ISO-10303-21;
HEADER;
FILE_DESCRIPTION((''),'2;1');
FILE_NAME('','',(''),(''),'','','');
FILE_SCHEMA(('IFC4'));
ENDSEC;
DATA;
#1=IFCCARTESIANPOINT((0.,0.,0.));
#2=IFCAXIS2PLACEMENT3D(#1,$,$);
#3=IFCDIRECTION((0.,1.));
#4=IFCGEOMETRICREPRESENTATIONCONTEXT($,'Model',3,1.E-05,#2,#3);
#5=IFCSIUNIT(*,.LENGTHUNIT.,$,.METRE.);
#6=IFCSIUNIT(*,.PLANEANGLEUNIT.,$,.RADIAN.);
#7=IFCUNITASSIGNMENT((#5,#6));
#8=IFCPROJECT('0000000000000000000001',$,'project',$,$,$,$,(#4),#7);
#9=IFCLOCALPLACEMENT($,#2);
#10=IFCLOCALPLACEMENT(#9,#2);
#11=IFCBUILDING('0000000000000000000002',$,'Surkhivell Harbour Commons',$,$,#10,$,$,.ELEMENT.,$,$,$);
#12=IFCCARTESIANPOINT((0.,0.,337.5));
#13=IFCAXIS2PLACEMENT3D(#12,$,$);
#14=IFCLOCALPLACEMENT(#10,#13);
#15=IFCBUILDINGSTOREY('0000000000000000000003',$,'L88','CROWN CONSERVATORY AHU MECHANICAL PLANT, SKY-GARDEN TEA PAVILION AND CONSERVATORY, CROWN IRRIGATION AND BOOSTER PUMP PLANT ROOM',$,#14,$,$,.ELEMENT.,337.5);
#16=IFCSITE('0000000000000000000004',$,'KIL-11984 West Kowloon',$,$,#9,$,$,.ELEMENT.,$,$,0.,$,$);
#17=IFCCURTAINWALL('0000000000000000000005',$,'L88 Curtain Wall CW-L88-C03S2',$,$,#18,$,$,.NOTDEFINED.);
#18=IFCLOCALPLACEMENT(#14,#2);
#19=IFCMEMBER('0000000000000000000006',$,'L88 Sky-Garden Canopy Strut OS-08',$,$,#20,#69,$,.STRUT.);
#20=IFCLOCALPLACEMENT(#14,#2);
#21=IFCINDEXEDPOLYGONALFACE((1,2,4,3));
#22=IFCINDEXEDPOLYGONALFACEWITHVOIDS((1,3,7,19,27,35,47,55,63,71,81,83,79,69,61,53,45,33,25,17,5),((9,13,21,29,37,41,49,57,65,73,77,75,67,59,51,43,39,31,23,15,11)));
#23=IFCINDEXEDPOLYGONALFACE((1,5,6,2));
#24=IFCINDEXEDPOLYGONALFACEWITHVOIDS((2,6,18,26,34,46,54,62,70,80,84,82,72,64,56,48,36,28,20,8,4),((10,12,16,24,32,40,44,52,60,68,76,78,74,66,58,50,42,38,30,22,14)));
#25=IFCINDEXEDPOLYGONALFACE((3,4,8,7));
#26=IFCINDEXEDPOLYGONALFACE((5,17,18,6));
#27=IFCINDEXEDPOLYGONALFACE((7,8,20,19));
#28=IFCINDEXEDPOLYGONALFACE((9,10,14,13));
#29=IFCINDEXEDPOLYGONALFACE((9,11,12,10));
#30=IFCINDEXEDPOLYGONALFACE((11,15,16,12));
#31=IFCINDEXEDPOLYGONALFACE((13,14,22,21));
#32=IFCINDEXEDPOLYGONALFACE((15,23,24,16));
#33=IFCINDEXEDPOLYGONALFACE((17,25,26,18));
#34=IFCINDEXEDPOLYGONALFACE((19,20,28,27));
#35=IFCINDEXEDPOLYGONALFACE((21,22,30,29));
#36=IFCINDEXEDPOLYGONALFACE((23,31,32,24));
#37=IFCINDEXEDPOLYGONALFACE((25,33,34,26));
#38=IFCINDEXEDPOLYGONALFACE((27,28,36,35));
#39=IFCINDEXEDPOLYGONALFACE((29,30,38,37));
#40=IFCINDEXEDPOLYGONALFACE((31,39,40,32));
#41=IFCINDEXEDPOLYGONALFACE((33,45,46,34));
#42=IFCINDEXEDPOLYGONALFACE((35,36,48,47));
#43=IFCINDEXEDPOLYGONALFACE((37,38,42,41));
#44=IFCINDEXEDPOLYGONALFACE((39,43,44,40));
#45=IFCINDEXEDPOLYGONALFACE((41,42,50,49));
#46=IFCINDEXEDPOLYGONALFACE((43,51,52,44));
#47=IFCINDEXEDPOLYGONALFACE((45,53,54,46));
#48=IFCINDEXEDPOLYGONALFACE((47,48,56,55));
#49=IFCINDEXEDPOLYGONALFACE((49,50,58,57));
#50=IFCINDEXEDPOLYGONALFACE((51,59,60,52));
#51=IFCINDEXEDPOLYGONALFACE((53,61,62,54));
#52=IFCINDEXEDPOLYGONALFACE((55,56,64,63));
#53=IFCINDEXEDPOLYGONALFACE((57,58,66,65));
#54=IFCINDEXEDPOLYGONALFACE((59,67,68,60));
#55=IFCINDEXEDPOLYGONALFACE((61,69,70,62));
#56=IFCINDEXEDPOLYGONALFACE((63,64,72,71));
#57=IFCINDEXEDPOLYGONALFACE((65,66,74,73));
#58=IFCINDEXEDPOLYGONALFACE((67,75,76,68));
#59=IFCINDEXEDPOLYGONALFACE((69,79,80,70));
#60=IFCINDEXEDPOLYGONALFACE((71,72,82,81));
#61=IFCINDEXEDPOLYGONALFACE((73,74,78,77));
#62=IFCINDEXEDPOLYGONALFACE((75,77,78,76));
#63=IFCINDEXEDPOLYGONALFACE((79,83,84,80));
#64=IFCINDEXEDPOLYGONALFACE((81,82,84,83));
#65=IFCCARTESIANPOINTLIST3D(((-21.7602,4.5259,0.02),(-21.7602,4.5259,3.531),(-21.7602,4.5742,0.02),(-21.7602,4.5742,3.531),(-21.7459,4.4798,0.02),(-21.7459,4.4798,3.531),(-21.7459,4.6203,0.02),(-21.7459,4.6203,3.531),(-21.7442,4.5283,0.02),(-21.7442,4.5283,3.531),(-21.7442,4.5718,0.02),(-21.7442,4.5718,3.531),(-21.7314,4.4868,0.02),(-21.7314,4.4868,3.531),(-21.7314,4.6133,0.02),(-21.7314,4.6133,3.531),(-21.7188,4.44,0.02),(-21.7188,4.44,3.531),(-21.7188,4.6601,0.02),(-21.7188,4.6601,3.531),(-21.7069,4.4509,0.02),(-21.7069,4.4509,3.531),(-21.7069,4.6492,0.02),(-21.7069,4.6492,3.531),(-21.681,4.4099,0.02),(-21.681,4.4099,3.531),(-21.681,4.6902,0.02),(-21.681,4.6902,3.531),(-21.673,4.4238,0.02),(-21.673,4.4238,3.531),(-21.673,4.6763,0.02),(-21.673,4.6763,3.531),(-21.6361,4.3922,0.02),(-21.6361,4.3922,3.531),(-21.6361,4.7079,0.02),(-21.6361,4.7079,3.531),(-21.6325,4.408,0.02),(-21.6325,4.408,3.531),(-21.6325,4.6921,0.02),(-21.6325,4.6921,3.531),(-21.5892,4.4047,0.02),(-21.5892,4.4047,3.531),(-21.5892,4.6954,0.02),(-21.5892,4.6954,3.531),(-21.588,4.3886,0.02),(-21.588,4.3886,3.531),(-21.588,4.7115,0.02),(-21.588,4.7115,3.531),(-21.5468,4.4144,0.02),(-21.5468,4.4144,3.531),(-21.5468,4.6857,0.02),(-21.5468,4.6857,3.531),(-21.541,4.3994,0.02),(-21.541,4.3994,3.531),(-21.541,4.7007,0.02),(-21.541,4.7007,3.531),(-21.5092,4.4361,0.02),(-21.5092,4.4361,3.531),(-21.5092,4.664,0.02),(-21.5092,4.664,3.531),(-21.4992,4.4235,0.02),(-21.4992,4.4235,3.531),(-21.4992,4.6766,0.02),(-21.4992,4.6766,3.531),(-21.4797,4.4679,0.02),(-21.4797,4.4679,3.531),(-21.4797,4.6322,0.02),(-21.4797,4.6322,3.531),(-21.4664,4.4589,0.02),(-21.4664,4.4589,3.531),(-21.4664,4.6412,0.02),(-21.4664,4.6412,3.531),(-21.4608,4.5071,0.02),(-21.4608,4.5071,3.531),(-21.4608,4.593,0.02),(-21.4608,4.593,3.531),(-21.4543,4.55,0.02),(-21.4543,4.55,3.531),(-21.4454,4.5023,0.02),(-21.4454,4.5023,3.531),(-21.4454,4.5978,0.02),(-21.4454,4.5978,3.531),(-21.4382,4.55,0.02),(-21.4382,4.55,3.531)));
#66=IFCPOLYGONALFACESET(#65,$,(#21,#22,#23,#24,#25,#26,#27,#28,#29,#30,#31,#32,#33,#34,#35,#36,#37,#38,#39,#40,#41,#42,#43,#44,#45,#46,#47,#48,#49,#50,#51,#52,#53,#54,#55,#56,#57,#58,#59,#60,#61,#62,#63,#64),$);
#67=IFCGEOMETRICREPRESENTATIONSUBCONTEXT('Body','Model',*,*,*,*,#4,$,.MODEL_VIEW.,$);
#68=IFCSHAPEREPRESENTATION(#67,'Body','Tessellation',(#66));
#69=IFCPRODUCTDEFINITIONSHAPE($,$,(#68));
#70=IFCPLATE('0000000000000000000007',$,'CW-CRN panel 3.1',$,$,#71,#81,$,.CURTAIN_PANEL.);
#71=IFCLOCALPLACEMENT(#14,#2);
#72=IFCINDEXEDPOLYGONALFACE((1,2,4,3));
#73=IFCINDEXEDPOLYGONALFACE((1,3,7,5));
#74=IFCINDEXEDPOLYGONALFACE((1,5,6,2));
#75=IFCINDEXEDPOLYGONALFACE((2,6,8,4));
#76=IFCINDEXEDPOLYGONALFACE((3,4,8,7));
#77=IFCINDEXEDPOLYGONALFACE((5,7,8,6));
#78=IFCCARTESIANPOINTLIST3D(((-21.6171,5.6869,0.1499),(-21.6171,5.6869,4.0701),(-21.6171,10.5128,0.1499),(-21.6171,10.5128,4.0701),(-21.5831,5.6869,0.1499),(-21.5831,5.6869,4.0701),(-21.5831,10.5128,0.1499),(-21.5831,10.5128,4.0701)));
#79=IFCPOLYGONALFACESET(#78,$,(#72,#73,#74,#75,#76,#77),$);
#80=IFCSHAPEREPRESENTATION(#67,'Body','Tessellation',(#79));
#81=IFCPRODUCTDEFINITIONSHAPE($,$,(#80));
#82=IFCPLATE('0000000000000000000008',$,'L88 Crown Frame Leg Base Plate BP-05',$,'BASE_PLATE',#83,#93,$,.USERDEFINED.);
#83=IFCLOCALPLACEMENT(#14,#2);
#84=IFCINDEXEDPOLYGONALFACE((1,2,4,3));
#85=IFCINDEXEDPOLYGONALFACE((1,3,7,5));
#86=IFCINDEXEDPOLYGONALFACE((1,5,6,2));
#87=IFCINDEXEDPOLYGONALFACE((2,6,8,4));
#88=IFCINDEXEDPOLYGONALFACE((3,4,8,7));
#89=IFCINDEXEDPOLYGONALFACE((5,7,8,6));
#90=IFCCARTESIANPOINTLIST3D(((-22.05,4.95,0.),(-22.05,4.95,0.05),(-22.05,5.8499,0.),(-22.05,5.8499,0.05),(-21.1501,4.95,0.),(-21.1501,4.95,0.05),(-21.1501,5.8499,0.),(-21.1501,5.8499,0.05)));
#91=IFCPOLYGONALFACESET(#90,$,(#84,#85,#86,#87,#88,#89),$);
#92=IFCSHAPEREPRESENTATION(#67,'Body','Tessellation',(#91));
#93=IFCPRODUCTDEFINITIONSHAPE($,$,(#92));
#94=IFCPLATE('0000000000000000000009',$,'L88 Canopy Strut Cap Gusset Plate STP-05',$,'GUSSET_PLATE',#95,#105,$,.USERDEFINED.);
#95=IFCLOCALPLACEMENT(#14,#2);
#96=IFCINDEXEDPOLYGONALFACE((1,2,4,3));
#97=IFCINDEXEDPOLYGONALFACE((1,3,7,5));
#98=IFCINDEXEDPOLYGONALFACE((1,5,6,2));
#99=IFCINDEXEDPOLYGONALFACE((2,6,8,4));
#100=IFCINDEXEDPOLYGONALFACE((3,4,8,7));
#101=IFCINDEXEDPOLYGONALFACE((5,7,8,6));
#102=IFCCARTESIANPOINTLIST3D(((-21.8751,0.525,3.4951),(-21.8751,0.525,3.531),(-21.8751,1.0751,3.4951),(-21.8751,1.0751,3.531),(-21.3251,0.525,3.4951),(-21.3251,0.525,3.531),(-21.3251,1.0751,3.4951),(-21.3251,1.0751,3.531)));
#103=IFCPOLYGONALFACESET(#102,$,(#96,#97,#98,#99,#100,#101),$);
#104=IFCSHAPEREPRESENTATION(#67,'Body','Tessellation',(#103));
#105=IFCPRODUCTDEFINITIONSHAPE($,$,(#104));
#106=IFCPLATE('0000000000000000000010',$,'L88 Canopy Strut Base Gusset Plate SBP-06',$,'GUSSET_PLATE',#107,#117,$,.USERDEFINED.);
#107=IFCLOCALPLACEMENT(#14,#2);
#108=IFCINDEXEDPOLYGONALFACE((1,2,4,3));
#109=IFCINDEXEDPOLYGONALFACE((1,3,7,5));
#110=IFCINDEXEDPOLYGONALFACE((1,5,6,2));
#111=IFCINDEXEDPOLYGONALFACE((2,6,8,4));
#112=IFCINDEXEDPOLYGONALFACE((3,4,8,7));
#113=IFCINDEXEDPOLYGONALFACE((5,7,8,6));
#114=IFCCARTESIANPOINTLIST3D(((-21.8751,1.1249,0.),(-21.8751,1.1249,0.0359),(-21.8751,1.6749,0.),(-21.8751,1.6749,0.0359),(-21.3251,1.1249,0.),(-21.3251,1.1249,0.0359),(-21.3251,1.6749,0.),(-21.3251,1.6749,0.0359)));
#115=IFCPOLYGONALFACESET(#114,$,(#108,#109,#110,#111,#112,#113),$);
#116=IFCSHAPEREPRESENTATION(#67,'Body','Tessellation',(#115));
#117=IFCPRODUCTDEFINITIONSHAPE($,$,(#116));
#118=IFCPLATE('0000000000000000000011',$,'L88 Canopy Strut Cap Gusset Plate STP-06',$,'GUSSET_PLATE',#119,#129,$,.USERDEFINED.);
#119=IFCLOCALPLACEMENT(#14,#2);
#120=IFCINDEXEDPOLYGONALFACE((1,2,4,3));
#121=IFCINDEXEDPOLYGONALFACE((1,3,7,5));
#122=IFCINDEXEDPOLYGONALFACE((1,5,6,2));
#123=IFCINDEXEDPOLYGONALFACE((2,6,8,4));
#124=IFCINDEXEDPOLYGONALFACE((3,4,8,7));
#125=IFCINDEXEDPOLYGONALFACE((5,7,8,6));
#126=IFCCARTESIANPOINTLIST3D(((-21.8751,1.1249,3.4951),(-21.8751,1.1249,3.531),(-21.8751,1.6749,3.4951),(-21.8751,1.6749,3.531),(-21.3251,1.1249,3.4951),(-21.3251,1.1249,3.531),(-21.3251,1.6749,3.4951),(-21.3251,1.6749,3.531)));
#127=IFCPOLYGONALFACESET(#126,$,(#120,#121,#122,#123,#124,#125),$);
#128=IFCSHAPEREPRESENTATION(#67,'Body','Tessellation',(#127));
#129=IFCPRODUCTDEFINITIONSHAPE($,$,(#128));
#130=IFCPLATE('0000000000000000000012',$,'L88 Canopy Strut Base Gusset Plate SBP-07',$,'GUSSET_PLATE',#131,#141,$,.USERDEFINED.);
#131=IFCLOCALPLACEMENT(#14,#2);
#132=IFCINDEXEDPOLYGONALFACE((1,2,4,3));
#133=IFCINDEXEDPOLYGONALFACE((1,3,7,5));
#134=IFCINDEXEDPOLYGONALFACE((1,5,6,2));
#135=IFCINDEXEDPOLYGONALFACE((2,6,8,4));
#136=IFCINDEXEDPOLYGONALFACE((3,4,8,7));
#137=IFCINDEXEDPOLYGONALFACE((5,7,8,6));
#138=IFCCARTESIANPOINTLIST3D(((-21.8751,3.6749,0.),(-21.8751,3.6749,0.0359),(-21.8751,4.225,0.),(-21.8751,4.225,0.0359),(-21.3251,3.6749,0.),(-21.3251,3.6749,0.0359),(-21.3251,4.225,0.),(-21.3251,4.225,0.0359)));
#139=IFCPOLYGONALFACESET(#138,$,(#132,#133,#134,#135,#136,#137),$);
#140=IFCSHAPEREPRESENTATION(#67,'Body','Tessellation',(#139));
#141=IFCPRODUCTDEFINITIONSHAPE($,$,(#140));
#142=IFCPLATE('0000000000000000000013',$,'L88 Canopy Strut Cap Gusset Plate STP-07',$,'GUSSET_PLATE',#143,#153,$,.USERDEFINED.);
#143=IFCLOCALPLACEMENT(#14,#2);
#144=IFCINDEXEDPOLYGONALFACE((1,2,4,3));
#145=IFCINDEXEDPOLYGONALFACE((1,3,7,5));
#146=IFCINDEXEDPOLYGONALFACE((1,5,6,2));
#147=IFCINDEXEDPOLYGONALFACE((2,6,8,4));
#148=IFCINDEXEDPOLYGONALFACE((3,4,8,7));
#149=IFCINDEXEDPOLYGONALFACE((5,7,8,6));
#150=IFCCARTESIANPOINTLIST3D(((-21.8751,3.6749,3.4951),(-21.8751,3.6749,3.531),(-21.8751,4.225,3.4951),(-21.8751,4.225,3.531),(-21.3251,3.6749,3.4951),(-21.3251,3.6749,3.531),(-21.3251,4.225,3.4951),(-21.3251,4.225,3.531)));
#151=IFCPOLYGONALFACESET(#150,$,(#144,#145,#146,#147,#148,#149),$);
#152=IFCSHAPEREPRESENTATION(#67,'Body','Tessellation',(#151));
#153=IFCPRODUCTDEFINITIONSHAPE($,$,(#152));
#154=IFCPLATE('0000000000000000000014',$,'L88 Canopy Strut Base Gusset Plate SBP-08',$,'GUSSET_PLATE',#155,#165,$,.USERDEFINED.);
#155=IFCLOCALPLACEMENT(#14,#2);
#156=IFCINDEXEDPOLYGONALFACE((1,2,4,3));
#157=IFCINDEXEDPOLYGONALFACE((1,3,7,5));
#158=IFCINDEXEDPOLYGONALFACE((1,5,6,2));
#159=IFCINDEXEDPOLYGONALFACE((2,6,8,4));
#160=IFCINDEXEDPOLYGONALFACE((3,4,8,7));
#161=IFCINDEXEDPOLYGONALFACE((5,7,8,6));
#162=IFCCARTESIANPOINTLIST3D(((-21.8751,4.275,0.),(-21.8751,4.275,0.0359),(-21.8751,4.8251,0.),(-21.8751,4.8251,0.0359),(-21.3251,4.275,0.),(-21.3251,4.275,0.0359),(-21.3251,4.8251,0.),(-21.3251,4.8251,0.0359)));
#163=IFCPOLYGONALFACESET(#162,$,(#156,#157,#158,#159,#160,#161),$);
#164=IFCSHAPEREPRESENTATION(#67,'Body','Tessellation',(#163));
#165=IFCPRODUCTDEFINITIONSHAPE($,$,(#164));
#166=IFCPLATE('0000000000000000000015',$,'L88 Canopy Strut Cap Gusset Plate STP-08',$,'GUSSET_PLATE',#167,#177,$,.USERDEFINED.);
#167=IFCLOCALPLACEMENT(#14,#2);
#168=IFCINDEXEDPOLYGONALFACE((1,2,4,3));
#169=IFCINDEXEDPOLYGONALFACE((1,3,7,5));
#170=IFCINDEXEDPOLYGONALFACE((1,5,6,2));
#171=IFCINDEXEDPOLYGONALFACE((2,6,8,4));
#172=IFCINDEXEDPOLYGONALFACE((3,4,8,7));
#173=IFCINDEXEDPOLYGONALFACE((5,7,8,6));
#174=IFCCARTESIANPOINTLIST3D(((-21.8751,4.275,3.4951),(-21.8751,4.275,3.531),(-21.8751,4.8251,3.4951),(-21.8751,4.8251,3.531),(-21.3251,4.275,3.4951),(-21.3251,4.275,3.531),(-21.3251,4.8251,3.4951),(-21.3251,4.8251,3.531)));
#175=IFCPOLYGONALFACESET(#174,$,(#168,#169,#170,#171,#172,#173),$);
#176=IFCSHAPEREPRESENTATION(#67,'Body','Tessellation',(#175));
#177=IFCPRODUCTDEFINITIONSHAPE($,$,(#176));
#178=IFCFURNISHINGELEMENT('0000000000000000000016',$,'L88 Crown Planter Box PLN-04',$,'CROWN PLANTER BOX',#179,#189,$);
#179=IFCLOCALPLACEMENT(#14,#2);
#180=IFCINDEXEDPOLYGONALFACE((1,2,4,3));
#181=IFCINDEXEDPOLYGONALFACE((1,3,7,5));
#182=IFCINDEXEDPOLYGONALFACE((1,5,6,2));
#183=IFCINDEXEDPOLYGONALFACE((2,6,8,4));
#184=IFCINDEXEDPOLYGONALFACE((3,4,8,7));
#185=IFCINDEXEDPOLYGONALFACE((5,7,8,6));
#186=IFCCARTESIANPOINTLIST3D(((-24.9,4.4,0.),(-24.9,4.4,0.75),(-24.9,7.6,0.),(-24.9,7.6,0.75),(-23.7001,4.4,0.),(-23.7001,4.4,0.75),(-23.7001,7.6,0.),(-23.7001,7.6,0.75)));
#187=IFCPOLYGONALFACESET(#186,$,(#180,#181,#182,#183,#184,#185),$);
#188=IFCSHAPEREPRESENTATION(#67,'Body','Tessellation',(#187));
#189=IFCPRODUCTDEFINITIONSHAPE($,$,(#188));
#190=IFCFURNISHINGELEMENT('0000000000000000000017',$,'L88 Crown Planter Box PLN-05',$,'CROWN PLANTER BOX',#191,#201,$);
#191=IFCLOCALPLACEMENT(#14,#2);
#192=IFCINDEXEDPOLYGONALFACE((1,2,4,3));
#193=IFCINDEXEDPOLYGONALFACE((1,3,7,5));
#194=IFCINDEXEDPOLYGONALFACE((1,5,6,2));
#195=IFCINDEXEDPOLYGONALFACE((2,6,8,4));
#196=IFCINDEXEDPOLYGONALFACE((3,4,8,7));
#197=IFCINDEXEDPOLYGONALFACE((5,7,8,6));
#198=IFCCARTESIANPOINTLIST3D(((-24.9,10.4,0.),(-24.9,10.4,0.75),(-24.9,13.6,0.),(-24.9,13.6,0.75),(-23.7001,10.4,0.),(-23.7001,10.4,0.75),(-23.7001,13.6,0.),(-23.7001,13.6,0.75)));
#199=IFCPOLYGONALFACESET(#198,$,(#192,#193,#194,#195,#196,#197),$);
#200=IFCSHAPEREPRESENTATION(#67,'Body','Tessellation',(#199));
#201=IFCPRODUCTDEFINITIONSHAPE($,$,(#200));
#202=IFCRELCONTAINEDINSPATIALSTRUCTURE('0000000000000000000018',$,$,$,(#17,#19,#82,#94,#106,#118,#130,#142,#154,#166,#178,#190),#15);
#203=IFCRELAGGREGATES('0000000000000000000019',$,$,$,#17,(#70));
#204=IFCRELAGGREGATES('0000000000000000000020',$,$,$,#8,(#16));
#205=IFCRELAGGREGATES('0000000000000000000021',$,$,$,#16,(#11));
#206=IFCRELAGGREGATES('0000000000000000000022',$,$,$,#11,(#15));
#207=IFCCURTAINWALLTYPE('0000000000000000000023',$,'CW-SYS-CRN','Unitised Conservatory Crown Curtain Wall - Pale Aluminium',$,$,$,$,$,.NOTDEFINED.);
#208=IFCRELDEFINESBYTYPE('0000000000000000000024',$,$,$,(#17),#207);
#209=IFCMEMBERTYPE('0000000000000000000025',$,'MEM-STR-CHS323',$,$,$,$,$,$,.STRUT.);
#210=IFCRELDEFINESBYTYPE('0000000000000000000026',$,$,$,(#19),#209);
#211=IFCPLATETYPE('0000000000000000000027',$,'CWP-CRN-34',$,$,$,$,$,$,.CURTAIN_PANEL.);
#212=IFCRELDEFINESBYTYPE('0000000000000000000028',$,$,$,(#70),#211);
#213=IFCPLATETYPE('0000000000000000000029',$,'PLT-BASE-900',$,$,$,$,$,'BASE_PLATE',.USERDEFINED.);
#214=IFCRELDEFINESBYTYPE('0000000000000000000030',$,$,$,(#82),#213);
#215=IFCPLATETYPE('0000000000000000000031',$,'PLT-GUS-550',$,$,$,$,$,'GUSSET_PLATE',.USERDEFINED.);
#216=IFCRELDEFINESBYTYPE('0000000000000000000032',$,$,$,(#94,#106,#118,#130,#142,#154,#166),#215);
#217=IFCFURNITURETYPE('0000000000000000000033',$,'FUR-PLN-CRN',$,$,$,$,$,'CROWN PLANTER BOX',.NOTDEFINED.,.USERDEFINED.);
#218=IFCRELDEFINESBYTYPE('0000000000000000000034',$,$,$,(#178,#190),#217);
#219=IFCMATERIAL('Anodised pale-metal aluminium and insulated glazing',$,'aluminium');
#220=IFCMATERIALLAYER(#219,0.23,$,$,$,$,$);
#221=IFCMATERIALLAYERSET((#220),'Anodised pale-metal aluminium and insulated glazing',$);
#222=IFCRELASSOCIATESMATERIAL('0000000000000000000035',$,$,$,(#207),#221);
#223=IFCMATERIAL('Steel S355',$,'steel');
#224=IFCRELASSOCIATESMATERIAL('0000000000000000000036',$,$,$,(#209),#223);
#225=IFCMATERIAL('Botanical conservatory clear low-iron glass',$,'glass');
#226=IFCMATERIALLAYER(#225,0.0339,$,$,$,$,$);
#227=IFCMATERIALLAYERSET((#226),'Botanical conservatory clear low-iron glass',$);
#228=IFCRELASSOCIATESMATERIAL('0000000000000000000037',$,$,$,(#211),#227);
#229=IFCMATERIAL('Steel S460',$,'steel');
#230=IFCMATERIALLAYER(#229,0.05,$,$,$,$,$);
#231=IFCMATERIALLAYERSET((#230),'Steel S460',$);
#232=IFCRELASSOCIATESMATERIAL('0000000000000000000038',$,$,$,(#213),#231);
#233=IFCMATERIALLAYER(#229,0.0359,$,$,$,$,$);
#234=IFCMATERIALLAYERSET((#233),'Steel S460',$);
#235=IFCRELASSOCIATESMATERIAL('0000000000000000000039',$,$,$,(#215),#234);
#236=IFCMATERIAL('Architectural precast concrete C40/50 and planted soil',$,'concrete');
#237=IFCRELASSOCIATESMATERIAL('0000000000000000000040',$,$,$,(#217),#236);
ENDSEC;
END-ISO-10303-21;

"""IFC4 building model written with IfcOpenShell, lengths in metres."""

from ifc_helpers import new_model, si_unit, direction, frame, frame_2d, origin, origin_2d, place, context, subcontext, project, spatial, rectangle, hollow_circle, extrude, material, layer, layer_set, material_profile, profile_set, type_object, element, aggregate, save


model = new_model("IFC4")

# Units and contexts
model_context = context("Model", 3, precision=1e-05, world=origin(), true_north=direction((0.0, 1.0)))
body_context = subcontext(model_context, "Body", "Model", "MODEL_VIEW")
ifc_project = project(units=[si_unit("LENGTHUNIT", "METRE"), si_unit("PLANEANGLEUNIT", "RADIAN")], contexts=[model_context])

# Site, building, storey
site_placement = place(None, origin())
site = spatial("IfcSite", under=ifc_project, at=site_placement, Name="KIL-11984 West Kowloon", CompositionType="ELEMENT", RefElevation=0.0)
building_placement = place(site_placement, origin())
building = spatial("IfcBuilding", under=site, at=building_placement, Name="Surkhivell Harbour Commons", CompositionType="ELEMENT")
storey_placement = place(building_placement, frame((0.0, 0.0, 337.5)))
storey = spatial("IfcBuildingStorey", under=building, at=storey_placement, Name="L88", Description="CROWN CONSERVATORY AHU MECHANICAL PLANT, SKY-GARDEN TEA PAVILION AND CONSERVATORY, CROWN IRRIGATION AND BOOSTER PUMP PLANT ROOM", CompositionType="ELEMENT", Elevation=337.5)

# Shared definitions
ifc_material_1 = material(Name="Steel S355", Category="steel")
ifc_material_2 = material(Name="Steel S460", Category="steel")

# Curtain wall
ifc_material_3 = material(Name="Anodised pale-metal aluminium and insulated glazing", Category="aluminium")
ifc_layer_1 = layer(ifc_material_3, 0.23)
ifc_layer_set_1 = layer_set([ifc_layer_1], Name="Anodised pale-metal aluminium and insulated glazing")
curtain_wall_type = type_object("IfcCurtainWallType", Name="CW-SYS-CRN", Description="Unitised Conservatory Crown Curtain Wall - Pale Aluminium", PredefinedType="NOTDEFINED", material=ifc_layer_set_1)
curtain_wall_placement = place(storey_placement, origin())
curtain_wall = element("IfcCurtainWall", 1, at=curtain_wall_placement, inside=storey, type_object=curtain_wall_type, Name="L88 Curtain Wall CW-L88-C03S2", PredefinedType="NOTDEFINED")

# Member
ifc_material_profile_1 = material_profile(ifc_material_1, hollow_circle(Radius=0.1619, WallThickness=0.0161, at=origin_2d()), Name="CHS323x16")
ifc_profile_set_1 = profile_set([ifc_material_profile_1], Name="Steel S355")
member_type_1 = type_object("IfcMemberType", Name="MEM-STR-CHS323", PredefinedType="STRUT", material=ifc_profile_set_1)
for number, where, z_axis, x_axis, name in (
    (2, (-21.6001, 4.55, 0.02), (0.0, 0.0, 1.0), (1.0, 0.0, 0.0), "L88 Sky-Garden Canopy Strut OS-08"),
):
    element("IfcMember", number, at=place(storey_placement, frame(where, z_axis=z_axis, x_axis=x_axis)), inside=storey, type_object=member_type_1, Name=name, PredefinedType="STRUT", context=body_context, shape_type="SweptSolid", body=[
        extrude(hollow_circle(Radius=0.1619, WallThickness=0.0161, at=origin_2d()), origin(), (0.0, 0.0, 1.0), 3.511),
    ])

# Plate
ifc_material_4 = material(Name="Botanical conservatory clear low-iron glass", Category="glass")
ifc_layer_2 = layer(ifc_material_4, 0.0339)
ifc_layer_set_2 = layer_set([ifc_layer_2], Name="Botanical conservatory clear low-iron glass")
plate_type_1 = type_object("IfcPlateType", Name="CWP-CRN-34", PredefinedType="CURTAIN_PANEL", material=ifc_layer_set_2)
plate_1_placement = place(storey_placement, frame((-21.6001, 10.5129, 0.1499), z_axis=(0.0, 0.0, 1.0), x_axis=(0.0, -1.0, 0.0)))
plate_1 = element("IfcPlate", 3, at=plate_1_placement, type_object=plate_type_1, Name="CW-CRN panel 3.1", PredefinedType="CURTAIN_PANEL", context=body_context, shape_type="SweptSolid", body=[
    extrude(rectangle(XDim=4.8259, YDim=0.0339, at=frame_2d((2.4131, 0.0))), origin(), (0.0, 0.0, 1.0), 3.9202),
])
aggregate(curtain_wall, [plate_1])

# Plates
ifc_layer_3 = layer(ifc_material_2, 0.05)
ifc_layer_set_3 = layer_set([ifc_layer_3], Name="Steel S460")
plate_type_2 = type_object("IfcPlateType", Name="PLT-BASE-900", ElementType="BASE_PLATE", PredefinedType="USERDEFINED", material=ifc_layer_set_3)
plate_2_placement = place(storey_placement, frame((-21.6001, 5.3999, 0.0), z_axis=(0.0, 0.0, 1.0), x_axis=(1.0, 0.0, 0.0)))
element("IfcPlate", 4, at=plate_2_placement, inside=storey, type_object=plate_type_2, Name="L88 Crown Frame Leg Base Plate BP-05", ObjectType="BASE_PLATE", PredefinedType="USERDEFINED", context=body_context, shape_type="SweptSolid", body=[
    extrude(rectangle(XDim=0.8999, YDim=0.8999, at=origin_2d()), origin(), (0.0, 0.0, 1.0), 0.05),
])
ifc_layer_4 = layer(ifc_material_2, 0.0359)
ifc_layer_set_4 = layer_set([ifc_layer_4], Name="Steel S460")
plate_type_3 = type_object("IfcPlateType", Name="PLT-GUS-550", ElementType="GUSSET_PLATE", PredefinedType="USERDEFINED", material=ifc_layer_set_4)
for number, where, z_axis, x_axis, name in (
    (5, (-21.6001, 0.8, 3.4951), (0.0, 0.0, 1.0), (1.0, 0.0, 0.0), "L88 Canopy Strut Cap Gusset Plate STP-05"),
    (6, (-21.6001, 1.3999, 0.0), (0.0, 0.0, 1.0), (1.0, 0.0, 0.0), "L88 Canopy Strut Base Gusset Plate SBP-06"),
    (7, (-21.6001, 1.3999, 3.4951), (0.0, 0.0, 1.0), (1.0, 0.0, 0.0), "L88 Canopy Strut Cap Gusset Plate STP-06"),
    (8, (-21.6001, 3.95, 0.0), (0.0, 0.0, 1.0), (1.0, 0.0, 0.0), "L88 Canopy Strut Base Gusset Plate SBP-07"),
    (9, (-21.6001, 3.95, 3.4951), (0.0, 0.0, 1.0), (1.0, 0.0, 0.0), "L88 Canopy Strut Cap Gusset Plate STP-07"),
    (10, (-21.6001, 4.55, 0.0), (0.0, 0.0, 1.0), (1.0, 0.0, 0.0), "L88 Canopy Strut Base Gusset Plate SBP-08"),
    (11, (-21.6001, 4.55, 3.4951), (0.0, 0.0, 1.0), (1.0, 0.0, 0.0), "L88 Canopy Strut Cap Gusset Plate STP-08"),
):
    element("IfcPlate", number, at=place(storey_placement, frame(where, z_axis=z_axis, x_axis=x_axis)), inside=storey, type_object=plate_type_3, Name=name, ObjectType="GUSSET_PLATE", PredefinedType="USERDEFINED", context=body_context, shape_type="SweptSolid", body=[
        extrude(rectangle(XDim=0.55, YDim=0.55, at=origin_2d()), origin(), (0.0, 0.0, 1.0), 0.0359),
    ])

# Furnishing elements
ifc_material_5 = material(Name="Architectural precast concrete C40/50 and planted soil", Category="concrete")
furniture_type = type_object("IfcFurnitureType", Name="FUR-PLN-CRN", ElementType="CROWN PLANTER BOX", AssemblyPlace="NOTDEFINED", PredefinedType="USERDEFINED", material=ifc_material_5)
for number, where, z_axis, x_axis, name in (
    (12, (-24.3, 6.0, 0.0), (0.0, 0.0, 1.0), (0.0, 1.0, 0.0), "L88 Crown Planter Box PLN-04"),
    (13, (-24.3, 12.0, 0.0), (0.0, 0.0, 1.0), (0.0, 1.0, 0.0), "L88 Crown Planter Box PLN-05"),
):
    element("IfcFurnishingElement", number, at=place(storey_placement, frame(where, z_axis=z_axis, x_axis=x_axis)), inside=storey, type_object=furniture_type, Name=name, ObjectType="CROWN PLANTER BOX", context=body_context, shape_type="SweptSolid", body=[
        extrude(rectangle(XDim=3.2, YDim=1.2, at=origin_2d()), origin(), (0.0, 0.0, 1.0), 0.75),
    ])

save(model, "model.ifc")
